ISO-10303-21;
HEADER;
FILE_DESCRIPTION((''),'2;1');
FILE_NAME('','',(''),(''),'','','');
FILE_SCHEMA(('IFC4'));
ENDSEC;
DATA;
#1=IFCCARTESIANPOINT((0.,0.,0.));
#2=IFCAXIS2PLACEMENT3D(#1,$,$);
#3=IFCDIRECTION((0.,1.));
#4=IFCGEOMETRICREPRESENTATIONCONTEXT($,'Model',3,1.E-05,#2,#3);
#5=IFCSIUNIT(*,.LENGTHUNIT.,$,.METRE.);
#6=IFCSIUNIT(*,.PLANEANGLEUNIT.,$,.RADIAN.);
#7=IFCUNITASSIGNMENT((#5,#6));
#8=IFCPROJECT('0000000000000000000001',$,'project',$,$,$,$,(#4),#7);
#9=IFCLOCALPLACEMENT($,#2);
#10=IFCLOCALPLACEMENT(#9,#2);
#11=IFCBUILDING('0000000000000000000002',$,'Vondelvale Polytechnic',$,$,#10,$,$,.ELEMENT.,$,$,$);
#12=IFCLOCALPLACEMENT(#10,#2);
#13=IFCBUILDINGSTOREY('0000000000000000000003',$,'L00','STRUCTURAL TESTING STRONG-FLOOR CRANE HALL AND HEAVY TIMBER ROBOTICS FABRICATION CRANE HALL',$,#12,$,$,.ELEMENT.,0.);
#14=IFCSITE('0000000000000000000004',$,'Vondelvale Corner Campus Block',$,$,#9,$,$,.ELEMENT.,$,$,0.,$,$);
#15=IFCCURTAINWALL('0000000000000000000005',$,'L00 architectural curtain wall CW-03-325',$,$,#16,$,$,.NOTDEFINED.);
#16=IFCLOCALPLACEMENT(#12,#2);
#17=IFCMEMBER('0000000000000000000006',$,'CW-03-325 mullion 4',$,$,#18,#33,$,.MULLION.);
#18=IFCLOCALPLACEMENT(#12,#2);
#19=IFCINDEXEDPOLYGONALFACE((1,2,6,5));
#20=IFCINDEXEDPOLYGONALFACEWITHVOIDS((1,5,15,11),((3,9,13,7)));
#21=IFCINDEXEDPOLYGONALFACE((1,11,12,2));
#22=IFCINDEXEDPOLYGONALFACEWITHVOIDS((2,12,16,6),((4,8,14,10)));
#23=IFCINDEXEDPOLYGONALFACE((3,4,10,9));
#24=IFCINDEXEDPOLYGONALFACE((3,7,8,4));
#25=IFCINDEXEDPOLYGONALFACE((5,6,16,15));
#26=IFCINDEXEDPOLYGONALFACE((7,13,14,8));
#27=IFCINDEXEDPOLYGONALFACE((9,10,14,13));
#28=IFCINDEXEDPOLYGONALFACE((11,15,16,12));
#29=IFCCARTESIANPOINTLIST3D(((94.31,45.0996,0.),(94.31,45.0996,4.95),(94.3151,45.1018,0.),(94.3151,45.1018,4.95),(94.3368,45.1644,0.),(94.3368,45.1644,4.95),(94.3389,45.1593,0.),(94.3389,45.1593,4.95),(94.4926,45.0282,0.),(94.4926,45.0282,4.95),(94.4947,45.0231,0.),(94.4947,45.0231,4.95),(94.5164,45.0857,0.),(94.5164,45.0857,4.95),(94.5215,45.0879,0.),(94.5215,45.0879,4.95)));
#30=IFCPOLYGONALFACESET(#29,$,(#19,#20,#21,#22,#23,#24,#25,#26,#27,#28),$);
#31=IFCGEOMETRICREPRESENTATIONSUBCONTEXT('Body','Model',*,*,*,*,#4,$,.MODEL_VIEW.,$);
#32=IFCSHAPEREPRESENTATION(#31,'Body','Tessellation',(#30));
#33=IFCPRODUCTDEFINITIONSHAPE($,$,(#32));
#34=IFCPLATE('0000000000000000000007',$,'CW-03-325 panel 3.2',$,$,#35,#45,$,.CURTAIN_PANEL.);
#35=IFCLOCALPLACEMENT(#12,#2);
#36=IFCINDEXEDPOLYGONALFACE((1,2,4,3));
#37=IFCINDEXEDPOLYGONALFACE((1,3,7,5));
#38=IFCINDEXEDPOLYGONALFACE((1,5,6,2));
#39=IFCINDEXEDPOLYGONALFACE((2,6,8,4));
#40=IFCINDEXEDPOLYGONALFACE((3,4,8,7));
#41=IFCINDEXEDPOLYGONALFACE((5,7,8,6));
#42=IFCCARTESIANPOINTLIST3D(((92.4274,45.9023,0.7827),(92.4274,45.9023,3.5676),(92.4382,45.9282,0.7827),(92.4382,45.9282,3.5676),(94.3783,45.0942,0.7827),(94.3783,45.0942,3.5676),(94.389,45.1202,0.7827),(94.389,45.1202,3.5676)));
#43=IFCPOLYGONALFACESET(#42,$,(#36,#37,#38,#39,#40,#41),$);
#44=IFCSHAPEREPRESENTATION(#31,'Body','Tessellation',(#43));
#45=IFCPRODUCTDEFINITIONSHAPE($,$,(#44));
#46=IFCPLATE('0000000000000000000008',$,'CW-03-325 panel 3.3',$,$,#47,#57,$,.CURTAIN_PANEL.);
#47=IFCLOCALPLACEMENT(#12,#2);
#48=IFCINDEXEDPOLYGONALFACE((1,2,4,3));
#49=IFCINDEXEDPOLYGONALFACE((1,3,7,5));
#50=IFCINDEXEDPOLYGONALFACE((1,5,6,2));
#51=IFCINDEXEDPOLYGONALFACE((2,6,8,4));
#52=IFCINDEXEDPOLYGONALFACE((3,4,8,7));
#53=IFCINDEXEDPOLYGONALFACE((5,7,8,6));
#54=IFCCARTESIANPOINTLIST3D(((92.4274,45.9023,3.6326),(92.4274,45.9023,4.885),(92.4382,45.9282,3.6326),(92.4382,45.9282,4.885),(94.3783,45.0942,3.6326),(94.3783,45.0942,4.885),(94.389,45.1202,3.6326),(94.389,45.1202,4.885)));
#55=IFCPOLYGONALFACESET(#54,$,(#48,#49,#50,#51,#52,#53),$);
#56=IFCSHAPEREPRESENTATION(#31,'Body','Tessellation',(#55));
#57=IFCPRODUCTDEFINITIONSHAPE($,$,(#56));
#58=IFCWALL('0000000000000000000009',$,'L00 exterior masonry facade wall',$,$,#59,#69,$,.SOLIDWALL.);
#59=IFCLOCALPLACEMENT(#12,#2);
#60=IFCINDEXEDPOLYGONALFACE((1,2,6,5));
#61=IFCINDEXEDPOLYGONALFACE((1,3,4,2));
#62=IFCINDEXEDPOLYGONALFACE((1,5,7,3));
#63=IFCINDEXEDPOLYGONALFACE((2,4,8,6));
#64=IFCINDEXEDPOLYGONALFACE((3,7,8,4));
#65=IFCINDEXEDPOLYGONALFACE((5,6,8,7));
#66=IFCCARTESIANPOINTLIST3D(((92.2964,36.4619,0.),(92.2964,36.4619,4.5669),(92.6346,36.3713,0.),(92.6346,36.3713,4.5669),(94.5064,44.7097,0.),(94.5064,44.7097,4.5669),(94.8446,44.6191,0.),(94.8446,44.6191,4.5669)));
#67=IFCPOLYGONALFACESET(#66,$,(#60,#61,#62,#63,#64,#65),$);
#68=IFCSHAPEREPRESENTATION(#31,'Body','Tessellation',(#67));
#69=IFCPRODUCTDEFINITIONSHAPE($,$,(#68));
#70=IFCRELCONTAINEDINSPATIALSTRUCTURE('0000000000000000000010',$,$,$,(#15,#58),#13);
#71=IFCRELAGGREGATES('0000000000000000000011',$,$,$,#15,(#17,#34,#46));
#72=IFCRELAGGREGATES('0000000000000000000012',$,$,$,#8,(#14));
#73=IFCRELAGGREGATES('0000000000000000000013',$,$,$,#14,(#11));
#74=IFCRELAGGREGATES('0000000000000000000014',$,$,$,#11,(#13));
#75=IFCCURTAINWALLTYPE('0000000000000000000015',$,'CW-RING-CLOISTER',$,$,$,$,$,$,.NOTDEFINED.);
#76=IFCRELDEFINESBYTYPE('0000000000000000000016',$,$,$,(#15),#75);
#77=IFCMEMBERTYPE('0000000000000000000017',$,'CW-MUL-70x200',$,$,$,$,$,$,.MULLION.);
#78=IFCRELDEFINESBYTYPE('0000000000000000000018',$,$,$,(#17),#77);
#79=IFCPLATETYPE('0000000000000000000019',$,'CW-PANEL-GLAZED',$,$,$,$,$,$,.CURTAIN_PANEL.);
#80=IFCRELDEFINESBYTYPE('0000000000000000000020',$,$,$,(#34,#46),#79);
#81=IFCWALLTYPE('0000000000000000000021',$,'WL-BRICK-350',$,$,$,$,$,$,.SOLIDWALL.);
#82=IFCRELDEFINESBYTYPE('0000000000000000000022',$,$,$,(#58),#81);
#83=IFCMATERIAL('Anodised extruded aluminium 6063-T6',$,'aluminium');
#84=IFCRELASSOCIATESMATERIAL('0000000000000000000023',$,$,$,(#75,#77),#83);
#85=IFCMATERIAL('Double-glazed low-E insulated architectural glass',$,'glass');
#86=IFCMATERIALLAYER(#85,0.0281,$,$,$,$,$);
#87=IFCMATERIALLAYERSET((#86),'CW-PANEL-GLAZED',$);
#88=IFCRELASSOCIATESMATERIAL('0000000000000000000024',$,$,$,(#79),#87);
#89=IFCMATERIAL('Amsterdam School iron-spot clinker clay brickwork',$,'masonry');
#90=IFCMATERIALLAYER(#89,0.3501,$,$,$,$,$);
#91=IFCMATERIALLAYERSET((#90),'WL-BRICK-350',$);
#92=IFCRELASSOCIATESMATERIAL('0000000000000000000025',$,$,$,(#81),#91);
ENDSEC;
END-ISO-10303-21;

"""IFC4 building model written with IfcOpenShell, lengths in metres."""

from ifc_helpers import new_model, si_unit, direction, frame, frame_2d, origin, origin_2d, place, context, subcontext, project, spatial, rectangle, hollow_rectangle, extrude, material, layer, layer_set, material_profile, profile_set, type_object, element, aggregate, save


model = new_model("IFC4")

# Units and contexts
model_context = context("Model", 3, precision=1e-05, world=origin(), true_north=direction((0.0, 1.0)))
body_context = subcontext(model_context, "Body", "Model", "MODEL_VIEW")
ifc_project = project(units=[si_unit("LENGTHUNIT", "METRE"), si_unit("PLANEANGLEUNIT", "RADIAN")], contexts=[model_context])

# Site, building, storey
site_placement = place(None, origin())
site = spatial("IfcSite", under=ifc_project, at=site_placement, Name="Vondelvale Corner Campus Block", CompositionType="ELEMENT", RefElevation=0.0)
building_placement = place(site_placement, origin())
building = spatial("IfcBuilding", under=site, at=building_placement, Name="Vondelvale Polytechnic", CompositionType="ELEMENT")
storey_placement = place(building_placement, origin())
storey = spatial("IfcBuildingStorey", under=building, at=storey_placement, Name="L00", Description="STRUCTURAL TESTING STRONG-FLOOR CRANE HALL AND HEAVY TIMBER ROBOTICS FABRICATION CRANE HALL", CompositionType="ELEMENT", Elevation=0.0)

# Curtain wall, member, plates
ifc_material_1 = material(Name="Anodised extruded aluminium 6063-T6", Category="aluminium")
curtain_wall_type = type_object("IfcCurtainWallType", Name="CW-RING-CLOISTER", PredefinedType="NOTDEFINED", material=ifc_material_1)
curtain_wall_placement = place(storey_placement, origin())
curtain_wall = element("IfcCurtainWall", 1, at=curtain_wall_placement, inside=storey, type_object=curtain_wall_type, Name="L00 architectural curtain wall CW-03-325", PredefinedType="NOTDEFINED")
ifc_material_profile_1 = material_profile(ifc_material_1, hollow_rectangle(XDim=0.0701, YDim=0.2, WallThickness=0.0039, at=origin_2d()), Name="CW-MUL-200x70")
ifc_profile_set_1 = profile_set([ifc_material_profile_1], Name="Anodised extruded aluminium 6063-T6")
member_type = type_object("IfcMemberType", Name="CW-MUL-70x200", PredefinedType="MULLION", material=ifc_profile_set_1)
member_placement = place(storey_placement, frame((94.4158, 45.0938, 0.0), z_axis=(0.0, 0.0, 1.0), x_axis=(0.382679, 0.923882, 0.0)))
member = element("IfcMember", 2, at=member_placement, type_object=member_type, Name="CW-03-325 mullion 4", PredefinedType="MULLION", context=body_context, shape_type="SweptSolid", body=[
    extrude(hollow_rectangle(XDim=0.0701, YDim=0.2, WallThickness=0.0039, at=origin_2d()), origin(), (0.0, 0.0, 1.0), 4.95),
])
ifc_material_2 = material(Name="Double-glazed low-E insulated architectural glass", Category="glass")
ifc_layer_1 = layer(ifc_material_2, 0.0281)
ifc_layer_set_1 = layer_set([ifc_layer_1], Name="CW-PANEL-GLAZED")
plate_type = type_object("IfcPlateType", Name="CW-PANEL-GLAZED", PredefinedType="CURTAIN_PANEL", material=ifc_layer_set_1)
plate_1_placement = place(storey_placement, frame((93.4082, 45.5112, 0.7827), z_axis=(0.0, 0.0, 1.0), x_axis=(0.923882, -0.382679, 0.0)))
plate_1 = element("IfcPlate", 3, at=plate_1_placement, type_object=plate_type, Name="CW-03-325 panel 3.2", PredefinedType="CURTAIN_PANEL", context=body_context, shape_type="SweptSolid", body=[
    extrude(rectangle(XDim=2.1116, YDim=0.0281, at=origin_2d()), origin(), (0.0, 0.0, 1.0), 2.7849),
])
plate_2_placement = place(storey_placement, frame((93.4082, 45.5112, 3.6326), z_axis=(0.0, 0.0, 1.0), x_axis=(0.923882, -0.382679, 0.0)))
plate_2 = element("IfcPlate", 4, at=plate_2_placement, type_object=plate_type, Name="CW-03-325 panel 3.3", PredefinedType="CURTAIN_PANEL", context=body_context, shape_type="SweptSolid", body=[
    extrude(rectangle(XDim=2.1116, YDim=0.0281, at=origin_2d()), origin(), (0.0, 0.0, 1.0), 1.2524),
])
aggregate(curtain_wall, [member, plate_1, plate_2])

# Wall
ifc_material_3 = material(Name="Amsterdam School iron-spot clinker clay brickwork", Category="masonry")
ifc_layer_2 = layer(ifc_material_3, 0.3501)
ifc_layer_set_2 = layer_set([ifc_layer_2], Name="WL-BRICK-350")
wall_type = type_object("IfcWallType", Name="WL-BRICK-350", PredefinedType="SOLIDWALL", material=ifc_layer_set_2)
wall_placement = place(storey_placement, frame((94.6755, 44.6646, 0.0), z_axis=(0.0, 0.0, 1.0), x_axis=(-0.258816, -0.965927, 0.0)))
element("IfcWall", 5, at=wall_placement, inside=storey, type_object=wall_type, Name="L00 exterior masonry facade wall", PredefinedType="SOLIDWALL", context=body_context, shape_type="SweptSolid", body=[
    extrude(rectangle(XDim=8.5388, YDim=0.3501, at=frame_2d((4.2695, 0.0))), origin(), (0.0, 0.0, 1.0), 4.5669),
])

save(model, "model.ifc")
